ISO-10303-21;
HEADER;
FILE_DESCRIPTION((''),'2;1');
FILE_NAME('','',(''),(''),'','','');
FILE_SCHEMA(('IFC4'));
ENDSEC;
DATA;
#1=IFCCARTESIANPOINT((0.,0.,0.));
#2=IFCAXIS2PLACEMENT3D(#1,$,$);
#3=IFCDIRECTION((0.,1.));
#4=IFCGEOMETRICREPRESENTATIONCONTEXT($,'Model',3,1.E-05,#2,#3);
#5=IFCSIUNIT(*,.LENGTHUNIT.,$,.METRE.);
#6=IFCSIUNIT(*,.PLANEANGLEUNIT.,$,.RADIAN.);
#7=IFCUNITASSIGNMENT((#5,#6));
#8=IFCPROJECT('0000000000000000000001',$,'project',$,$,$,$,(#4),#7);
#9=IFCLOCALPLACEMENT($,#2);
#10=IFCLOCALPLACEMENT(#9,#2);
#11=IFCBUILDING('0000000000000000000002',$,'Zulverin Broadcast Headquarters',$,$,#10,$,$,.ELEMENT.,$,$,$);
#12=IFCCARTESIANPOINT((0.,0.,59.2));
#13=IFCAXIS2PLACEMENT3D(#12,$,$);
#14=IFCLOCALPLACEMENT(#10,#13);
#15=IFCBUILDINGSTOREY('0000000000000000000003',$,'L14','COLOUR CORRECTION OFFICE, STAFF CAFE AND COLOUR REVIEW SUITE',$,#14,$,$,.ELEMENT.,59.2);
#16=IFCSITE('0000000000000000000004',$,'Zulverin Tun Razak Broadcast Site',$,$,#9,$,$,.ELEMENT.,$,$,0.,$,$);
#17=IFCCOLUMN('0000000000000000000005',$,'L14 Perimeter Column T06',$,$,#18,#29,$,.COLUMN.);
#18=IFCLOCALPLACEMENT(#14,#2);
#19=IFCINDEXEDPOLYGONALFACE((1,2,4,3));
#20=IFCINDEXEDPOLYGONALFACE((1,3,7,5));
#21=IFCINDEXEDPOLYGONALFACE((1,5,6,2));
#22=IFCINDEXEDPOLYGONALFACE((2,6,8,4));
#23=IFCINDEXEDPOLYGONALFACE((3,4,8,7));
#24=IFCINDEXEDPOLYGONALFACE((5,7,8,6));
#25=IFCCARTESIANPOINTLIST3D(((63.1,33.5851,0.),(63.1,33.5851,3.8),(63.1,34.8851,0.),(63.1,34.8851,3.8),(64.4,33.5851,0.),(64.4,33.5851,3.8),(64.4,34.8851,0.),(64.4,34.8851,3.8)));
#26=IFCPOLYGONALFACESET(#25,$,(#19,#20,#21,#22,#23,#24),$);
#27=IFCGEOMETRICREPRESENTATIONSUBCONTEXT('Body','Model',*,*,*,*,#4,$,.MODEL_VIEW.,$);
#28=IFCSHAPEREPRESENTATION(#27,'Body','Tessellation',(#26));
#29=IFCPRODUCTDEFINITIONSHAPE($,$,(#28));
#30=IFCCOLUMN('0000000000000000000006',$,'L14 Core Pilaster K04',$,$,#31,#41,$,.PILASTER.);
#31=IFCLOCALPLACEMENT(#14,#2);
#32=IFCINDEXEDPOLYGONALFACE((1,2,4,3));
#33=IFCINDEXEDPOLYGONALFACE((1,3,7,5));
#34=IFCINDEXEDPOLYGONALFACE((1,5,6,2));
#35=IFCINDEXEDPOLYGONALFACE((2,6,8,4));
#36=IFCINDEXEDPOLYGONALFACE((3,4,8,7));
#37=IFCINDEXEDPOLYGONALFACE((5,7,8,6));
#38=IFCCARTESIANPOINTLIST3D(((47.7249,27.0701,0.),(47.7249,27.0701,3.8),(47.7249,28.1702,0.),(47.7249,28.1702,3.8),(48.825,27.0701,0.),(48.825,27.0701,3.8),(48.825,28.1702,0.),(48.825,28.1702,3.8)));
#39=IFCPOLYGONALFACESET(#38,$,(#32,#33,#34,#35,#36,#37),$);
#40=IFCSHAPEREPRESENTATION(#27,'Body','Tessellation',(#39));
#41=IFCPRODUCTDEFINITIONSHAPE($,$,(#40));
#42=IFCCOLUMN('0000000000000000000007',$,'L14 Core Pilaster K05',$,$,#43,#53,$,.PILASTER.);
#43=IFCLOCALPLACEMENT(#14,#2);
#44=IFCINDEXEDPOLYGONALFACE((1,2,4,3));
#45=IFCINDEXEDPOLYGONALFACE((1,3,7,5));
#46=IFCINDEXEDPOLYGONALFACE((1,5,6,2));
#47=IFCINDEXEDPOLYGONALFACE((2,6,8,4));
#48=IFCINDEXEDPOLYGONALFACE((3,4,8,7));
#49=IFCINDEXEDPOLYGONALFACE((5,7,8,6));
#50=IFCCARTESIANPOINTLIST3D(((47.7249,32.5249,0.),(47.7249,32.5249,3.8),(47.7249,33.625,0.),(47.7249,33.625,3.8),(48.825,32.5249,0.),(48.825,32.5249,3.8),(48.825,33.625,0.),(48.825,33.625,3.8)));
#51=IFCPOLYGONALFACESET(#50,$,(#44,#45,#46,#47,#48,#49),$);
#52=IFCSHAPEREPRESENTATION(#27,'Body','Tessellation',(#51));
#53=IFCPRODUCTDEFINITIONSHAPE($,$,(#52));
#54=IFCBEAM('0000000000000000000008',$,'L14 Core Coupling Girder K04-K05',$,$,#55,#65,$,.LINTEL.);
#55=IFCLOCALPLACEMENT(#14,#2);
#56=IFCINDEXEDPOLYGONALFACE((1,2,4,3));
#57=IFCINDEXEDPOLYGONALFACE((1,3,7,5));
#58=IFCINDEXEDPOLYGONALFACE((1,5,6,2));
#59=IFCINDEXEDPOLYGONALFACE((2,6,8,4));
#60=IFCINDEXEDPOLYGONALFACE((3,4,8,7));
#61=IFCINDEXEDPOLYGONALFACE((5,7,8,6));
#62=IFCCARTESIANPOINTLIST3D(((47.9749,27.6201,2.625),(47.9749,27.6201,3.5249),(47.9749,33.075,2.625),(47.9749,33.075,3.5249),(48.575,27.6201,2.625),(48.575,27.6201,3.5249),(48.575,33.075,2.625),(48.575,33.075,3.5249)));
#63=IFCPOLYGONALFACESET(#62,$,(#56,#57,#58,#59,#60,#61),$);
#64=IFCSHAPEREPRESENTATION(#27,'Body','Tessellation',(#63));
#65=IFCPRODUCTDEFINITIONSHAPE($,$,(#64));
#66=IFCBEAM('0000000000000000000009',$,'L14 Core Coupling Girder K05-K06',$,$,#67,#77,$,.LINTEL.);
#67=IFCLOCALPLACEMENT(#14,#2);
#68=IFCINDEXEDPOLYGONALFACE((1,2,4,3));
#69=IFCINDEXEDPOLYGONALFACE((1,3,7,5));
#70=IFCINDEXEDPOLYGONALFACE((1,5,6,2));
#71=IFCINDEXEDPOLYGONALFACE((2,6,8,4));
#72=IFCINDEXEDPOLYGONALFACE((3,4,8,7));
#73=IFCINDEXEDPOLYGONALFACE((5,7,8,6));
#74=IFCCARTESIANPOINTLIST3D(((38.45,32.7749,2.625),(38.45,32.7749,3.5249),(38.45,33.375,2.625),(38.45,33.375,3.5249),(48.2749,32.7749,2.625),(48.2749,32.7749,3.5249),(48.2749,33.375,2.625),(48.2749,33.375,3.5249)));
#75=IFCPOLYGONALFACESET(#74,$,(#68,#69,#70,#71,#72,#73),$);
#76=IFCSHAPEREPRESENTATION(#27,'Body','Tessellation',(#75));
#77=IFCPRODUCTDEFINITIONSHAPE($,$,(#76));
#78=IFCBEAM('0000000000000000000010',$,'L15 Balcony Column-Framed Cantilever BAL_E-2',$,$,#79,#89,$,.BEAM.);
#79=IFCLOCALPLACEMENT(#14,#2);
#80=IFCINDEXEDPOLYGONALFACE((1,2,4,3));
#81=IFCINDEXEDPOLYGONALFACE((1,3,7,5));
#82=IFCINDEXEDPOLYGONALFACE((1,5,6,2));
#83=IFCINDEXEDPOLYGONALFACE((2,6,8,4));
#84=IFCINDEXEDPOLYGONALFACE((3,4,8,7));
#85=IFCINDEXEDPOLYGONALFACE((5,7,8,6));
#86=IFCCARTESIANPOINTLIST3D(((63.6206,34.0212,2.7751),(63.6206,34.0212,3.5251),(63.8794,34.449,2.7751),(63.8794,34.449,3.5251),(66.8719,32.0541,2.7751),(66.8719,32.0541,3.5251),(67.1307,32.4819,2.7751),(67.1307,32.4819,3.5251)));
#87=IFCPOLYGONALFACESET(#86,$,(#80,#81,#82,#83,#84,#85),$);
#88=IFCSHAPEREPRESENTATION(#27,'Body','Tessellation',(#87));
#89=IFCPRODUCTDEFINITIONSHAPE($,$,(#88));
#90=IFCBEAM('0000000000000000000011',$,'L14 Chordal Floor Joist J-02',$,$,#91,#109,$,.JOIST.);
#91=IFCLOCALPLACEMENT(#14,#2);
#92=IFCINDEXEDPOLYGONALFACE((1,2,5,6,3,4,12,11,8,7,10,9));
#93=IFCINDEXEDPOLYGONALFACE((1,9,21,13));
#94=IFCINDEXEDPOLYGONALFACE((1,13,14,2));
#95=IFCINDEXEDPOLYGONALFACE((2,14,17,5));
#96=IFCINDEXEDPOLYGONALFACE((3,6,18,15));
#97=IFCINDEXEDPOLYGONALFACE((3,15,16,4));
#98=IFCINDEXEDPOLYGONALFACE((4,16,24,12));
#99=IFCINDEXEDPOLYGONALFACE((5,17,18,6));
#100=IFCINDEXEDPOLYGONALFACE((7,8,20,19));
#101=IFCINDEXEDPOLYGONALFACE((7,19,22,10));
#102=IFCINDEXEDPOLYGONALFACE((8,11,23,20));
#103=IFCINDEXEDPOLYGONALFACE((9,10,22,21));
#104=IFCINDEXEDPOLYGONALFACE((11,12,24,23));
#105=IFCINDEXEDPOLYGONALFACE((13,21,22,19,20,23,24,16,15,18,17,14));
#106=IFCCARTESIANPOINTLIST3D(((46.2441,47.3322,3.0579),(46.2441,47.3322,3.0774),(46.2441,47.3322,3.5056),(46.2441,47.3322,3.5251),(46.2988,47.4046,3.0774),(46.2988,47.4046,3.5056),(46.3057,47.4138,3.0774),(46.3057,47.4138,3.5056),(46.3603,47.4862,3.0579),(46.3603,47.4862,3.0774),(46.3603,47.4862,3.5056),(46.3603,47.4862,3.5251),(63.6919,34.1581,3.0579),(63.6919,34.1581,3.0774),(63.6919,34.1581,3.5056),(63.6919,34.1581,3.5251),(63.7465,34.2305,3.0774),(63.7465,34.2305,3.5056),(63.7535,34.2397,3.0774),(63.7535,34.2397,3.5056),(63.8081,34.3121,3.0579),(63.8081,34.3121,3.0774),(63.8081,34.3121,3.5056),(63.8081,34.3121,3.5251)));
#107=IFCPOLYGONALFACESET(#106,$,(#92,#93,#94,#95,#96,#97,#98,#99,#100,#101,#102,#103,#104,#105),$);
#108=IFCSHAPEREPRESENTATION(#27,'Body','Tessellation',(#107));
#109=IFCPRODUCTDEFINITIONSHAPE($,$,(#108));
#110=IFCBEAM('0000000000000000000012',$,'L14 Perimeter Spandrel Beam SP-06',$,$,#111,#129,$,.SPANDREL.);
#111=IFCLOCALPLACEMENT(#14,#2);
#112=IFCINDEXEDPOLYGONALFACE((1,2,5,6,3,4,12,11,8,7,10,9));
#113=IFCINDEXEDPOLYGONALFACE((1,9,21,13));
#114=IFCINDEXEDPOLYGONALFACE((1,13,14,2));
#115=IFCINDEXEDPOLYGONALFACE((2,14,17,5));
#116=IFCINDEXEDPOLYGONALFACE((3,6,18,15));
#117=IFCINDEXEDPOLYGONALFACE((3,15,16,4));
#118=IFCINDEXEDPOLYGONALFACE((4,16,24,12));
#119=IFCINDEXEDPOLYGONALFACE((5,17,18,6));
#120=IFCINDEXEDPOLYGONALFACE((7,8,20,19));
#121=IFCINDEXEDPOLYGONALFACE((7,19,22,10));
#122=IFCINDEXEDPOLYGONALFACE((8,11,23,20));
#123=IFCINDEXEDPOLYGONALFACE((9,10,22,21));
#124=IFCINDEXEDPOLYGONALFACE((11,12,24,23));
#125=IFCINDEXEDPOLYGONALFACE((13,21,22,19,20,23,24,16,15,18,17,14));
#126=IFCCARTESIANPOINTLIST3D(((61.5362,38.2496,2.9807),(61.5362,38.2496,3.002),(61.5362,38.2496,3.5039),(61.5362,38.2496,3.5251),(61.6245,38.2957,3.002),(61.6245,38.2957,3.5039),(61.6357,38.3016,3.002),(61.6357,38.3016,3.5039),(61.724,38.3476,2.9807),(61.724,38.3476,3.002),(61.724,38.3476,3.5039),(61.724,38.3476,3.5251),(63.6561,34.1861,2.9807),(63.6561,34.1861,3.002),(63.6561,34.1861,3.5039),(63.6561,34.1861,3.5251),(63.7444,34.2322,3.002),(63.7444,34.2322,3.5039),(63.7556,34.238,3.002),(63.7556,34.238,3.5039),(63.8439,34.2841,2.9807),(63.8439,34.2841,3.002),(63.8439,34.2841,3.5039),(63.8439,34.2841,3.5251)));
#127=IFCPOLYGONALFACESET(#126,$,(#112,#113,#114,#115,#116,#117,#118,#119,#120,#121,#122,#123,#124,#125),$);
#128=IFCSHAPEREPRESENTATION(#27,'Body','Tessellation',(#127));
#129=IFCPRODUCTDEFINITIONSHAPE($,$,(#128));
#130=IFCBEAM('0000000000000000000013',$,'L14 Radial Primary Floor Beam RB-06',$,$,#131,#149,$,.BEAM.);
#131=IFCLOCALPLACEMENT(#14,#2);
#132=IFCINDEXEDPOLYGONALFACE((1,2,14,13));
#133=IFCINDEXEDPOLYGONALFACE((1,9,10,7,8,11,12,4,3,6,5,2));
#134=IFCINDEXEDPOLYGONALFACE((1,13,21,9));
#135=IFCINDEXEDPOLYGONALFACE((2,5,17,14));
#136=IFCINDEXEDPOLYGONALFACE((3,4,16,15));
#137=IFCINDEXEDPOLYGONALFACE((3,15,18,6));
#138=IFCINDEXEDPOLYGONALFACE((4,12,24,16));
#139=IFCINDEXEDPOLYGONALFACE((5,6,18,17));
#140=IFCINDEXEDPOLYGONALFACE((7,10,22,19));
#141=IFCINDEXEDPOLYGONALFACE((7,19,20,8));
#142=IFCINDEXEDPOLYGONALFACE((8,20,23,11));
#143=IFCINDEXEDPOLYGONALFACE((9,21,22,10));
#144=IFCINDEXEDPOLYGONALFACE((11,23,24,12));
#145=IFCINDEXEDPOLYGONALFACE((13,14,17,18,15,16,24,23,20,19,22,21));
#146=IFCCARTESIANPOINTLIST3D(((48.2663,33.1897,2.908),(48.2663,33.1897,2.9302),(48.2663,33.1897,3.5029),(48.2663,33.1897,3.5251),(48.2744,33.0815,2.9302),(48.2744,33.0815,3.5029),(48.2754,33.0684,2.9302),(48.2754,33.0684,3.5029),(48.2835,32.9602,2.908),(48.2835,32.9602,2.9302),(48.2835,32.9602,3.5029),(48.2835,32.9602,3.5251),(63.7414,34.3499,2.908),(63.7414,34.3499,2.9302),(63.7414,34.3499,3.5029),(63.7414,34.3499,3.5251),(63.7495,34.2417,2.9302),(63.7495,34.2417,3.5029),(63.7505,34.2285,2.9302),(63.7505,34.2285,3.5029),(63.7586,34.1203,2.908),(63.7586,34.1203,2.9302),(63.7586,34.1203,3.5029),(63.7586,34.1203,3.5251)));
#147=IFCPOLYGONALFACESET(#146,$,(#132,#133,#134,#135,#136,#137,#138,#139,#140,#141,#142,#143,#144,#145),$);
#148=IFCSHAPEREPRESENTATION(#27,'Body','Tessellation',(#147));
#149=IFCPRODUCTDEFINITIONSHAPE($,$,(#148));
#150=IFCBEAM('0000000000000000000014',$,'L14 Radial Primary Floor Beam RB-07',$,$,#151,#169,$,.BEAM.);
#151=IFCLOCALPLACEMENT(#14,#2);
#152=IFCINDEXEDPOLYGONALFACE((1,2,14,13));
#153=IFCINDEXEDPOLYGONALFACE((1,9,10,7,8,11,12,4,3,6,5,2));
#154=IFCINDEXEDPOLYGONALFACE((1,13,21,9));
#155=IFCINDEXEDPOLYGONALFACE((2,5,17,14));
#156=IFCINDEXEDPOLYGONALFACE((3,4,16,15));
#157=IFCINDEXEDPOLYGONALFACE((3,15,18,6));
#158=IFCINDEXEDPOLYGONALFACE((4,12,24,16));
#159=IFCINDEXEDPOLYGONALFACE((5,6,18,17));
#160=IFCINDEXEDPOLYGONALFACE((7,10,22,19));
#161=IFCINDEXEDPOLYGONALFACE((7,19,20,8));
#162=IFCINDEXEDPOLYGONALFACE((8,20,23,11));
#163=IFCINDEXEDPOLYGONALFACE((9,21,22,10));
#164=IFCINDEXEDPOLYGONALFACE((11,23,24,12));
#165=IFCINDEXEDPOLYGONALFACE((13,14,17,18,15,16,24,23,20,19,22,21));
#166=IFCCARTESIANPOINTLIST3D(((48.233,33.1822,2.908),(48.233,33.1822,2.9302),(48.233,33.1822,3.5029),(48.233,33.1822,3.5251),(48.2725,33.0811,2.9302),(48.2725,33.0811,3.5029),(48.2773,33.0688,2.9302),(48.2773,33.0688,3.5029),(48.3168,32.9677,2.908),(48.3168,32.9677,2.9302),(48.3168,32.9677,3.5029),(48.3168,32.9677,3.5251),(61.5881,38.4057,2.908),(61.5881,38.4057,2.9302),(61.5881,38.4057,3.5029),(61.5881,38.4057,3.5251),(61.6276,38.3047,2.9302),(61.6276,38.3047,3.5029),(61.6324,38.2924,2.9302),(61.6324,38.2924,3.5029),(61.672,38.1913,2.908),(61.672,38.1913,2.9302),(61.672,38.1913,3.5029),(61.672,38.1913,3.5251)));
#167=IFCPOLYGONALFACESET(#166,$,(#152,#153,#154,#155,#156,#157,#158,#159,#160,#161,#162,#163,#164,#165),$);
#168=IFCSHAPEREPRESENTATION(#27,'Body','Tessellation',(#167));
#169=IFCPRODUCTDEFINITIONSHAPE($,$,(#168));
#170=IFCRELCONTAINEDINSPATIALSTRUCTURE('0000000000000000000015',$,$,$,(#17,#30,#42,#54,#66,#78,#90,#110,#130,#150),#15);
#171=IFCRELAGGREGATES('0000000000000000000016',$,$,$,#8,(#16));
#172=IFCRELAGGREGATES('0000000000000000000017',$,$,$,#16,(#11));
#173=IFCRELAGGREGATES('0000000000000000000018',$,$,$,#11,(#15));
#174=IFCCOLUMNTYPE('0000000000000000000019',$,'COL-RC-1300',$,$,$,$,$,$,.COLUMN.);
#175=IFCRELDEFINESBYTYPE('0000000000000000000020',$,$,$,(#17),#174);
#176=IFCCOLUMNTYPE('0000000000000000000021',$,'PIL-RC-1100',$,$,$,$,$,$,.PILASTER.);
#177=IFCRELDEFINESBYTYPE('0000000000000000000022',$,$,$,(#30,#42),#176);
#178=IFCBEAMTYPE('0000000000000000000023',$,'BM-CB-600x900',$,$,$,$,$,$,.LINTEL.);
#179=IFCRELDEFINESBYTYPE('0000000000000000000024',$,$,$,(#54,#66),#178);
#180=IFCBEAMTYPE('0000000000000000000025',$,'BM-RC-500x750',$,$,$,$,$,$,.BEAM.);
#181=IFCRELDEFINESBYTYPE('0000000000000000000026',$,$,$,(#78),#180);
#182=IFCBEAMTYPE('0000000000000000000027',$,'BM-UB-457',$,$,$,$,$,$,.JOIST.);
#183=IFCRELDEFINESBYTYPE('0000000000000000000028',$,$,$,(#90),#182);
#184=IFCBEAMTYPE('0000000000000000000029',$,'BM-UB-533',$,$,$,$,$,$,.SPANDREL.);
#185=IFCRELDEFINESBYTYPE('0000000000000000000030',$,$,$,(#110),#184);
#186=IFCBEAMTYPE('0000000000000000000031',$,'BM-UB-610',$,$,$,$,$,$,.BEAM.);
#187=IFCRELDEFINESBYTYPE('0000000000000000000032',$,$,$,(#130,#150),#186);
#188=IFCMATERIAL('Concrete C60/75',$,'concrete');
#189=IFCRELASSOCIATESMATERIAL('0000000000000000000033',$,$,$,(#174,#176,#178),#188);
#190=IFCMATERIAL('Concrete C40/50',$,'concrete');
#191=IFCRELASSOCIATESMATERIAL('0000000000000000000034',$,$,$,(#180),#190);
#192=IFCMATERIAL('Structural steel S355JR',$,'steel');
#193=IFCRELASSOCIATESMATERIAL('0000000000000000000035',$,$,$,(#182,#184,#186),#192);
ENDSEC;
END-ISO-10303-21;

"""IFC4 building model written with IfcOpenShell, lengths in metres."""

from ifc_helpers import new_model, si_unit, direction, frame, origin, origin_2d, place, context, subcontext, project, spatial, rectangle, i_section, extrude, material, material_profile, profile_set, type_object, element, save


model = new_model("IFC4")

# Units and contexts
model_context = context("Model", 3, precision=1e-05, world=origin(), true_north=direction((0.0, 1.0)))
body_context = subcontext(model_context, "Body", "Model", "MODEL_VIEW")
ifc_project = project(units=[si_unit("LENGTHUNIT", "METRE"), si_unit("PLANEANGLEUNIT", "RADIAN")], contexts=[model_context])

# Site, building, storey
site_placement = place(None, origin())
site = spatial("IfcSite", under=ifc_project, at=site_placement, Name="Zulverin Tun Razak Broadcast Site", CompositionType="ELEMENT", RefElevation=0.0)
building_placement = place(site_placement, origin())
building = spatial("IfcBuilding", under=site, at=building_placement, Name="Zulverin Broadcast Headquarters", CompositionType="ELEMENT")
storey_placement = place(building_placement, frame((0.0, 0.0, 59.2)))
storey = spatial("IfcBuildingStorey", under=building, at=storey_placement, Name="L14", Description="COLOUR CORRECTION OFFICE, STAFF CAFE AND COLOUR REVIEW SUITE", CompositionType="ELEMENT", Elevation=59.2)

# Columns
ifc_material_1 = material(Name="Concrete C60/75", Category="concrete")
ifc_material_profile_1 = material_profile(ifc_material_1, rectangle(XDim=1.3, YDim=1.3, at=origin_2d()), Name="Concrete C60/75", Category="concrete")
ifc_profile_set_1 = profile_set([ifc_material_profile_1], Name="Concrete C60/75")
column_type_1 = type_object("IfcColumnType", Name="COL-RC-1300", PredefinedType="COLUMN", material=ifc_profile_set_1)
column_placement = place(storey_placement, frame((63.75, 34.2351, 0.0), z_axis=(0.0, 0.0, 1.0), x_axis=(1.0, 0.0, 0.0)))
element("IfcColumn", 1, at=column_placement, inside=storey, type_object=column_type_1, Name="L14 Perimeter Column T06", PredefinedType="COLUMN", context=body_context, shape_type="SweptSolid", body=[
    extrude(rectangle(XDim=1.3, YDim=1.3, at=origin_2d()), origin(), (0.0, 0.0, 1.0), 3.8),
])
ifc_material_profile_2 = material_profile(ifc_material_1, rectangle(XDim=1.1001, YDim=1.1001, at=origin_2d()), Name="Concrete C60/75", Category="concrete")
ifc_profile_set_2 = profile_set([ifc_material_profile_2], Name="Concrete C60/75")
column_type_2 = type_object("IfcColumnType", Name="PIL-RC-1100", PredefinedType="PILASTER", material=ifc_profile_set_2)
for number, where, z_axis, x_axis, name in (
    (2, (48.2749, 27.6201, 0.0), (0.0, 0.0, 1.0), (1.0, 0.0, 0.0), "L14 Core Pilaster K04"),
    (3, (48.2749, 33.075, 0.0), (0.0, 0.0, 1.0), (1.0, 0.0, 0.0), "L14 Core Pilaster K05"),
):
    element("IfcColumn", number, at=place(storey_placement, frame(where, z_axis=z_axis, x_axis=x_axis)), inside=storey, type_object=column_type_2, Name=name, PredefinedType="PILASTER", context=body_context, shape_type="SweptSolid", body=[
        extrude(rectangle(XDim=1.1001, YDim=1.1001, at=origin_2d()), origin(), (0.0, 0.0, 1.0), 3.8),
    ])

# Beams
ifc_material_profile_3 = material_profile(ifc_material_1, rectangle(XDim=0.6001, YDim=0.8999, at=origin_2d()), Name="Concrete C60/75", Category="concrete")
ifc_profile_set_3 = profile_set([ifc_material_profile_3], Name="Concrete C60/75")
beam_type_1 = type_object("IfcBeamType", Name="BM-CB-600x900", PredefinedType="LINTEL", material=ifc_profile_set_3)
beam_1_placement = place(storey_placement, frame((48.2749, 27.6201, 3.075), z_axis=(0.0, 1.0, 0.0), x_axis=(-1.0, 0.0, 0.0)))
element("IfcBeam", 4, at=beam_1_placement, inside=storey, type_object=beam_type_1, Name="L14 Core Coupling Girder K04-K05", PredefinedType="LINTEL", context=body_context, shape_type="SweptSolid", body=[
    extrude(rectangle(XDim=0.6001, YDim=0.8999, at=origin_2d()), origin(), (0.0, 0.0, 1.0), 5.4548),
])
beam_2_placement = place(storey_placement, frame((48.2749, 33.075, 3.075), z_axis=(-1.0, 0.0, 0.0), x_axis=(0.0, -1.0, 0.0)))
element("IfcBeam", 5, at=beam_2_placement, inside=storey, type_object=beam_type_1, Name="L14 Core Coupling Girder K05-K06", PredefinedType="LINTEL", context=body_context, shape_type="SweptSolid", body=[
    extrude(rectangle(XDim=0.6001, YDim=0.8999, at=origin_2d()), origin(), (0.0, 0.0, 1.0), 9.825),
])
ifc_material_2 = material(Name="Concrete C40/50", Category="concrete")
ifc_material_profile_4 = material_profile(ifc_material_2, rectangle(XDim=0.5, YDim=0.75, at=origin_2d()), Name="Concrete C40/50", Category="concrete")
ifc_profile_set_4 = profile_set([ifc_material_profile_4], Name="Concrete C40/50")
beam_type_2 = type_object("IfcBeamType", Name="BM-RC-500x750", PredefinedType="BEAM", material=ifc_profile_set_4)
beam_3_placement = place(storey_placement, frame((63.75, 34.2351, 3.1501), z_axis=(0.855594, -0.517648, 0.0), x_axis=(0.517648, 0.855594, 0.0)))
element("IfcBeam", 6, at=beam_3_placement, inside=storey, type_object=beam_type_2, Name="L15 Balcony Column-Framed Cantilever BAL_E-2", PredefinedType="BEAM", context=body_context, shape_type="SweptSolid", body=[
    extrude(rectangle(XDim=0.5, YDim=0.75, at=origin_2d()), origin(), (0.0, 0.0, 1.0), 3.8),
])
ifc_material_3 = material(Name="Structural steel S355JR", Category="steel")
ifc_material_profile_5 = material_profile(ifc_material_3, i_section(OverallWidth=0.1929, OverallDepth=0.4673, WebThickness=0.0115, FlangeThickness=0.0195, at=origin_2d()), Name="Structural steel S355JR", Category="steel")
ifc_profile_set_5 = profile_set([ifc_material_profile_5], Name="Structural steel S355JR")
beam_type_3 = type_object("IfcBeamType", Name="BM-UB-457", PredefinedType="JOIST", material=ifc_profile_set_5)
beam_4_placement = place(storey_placement, frame((63.75, 34.2351, 3.2915), z_axis=(-0.798058, 0.60258, 0.0), x_axis=(-0.60258, -0.798058, 0.0)))
element("IfcBeam", 7, at=beam_4_placement, inside=storey, type_object=beam_type_3, Name="L14 Chordal Floor Joist J-02", PredefinedType="JOIST", context=body_context, shape_type="SweptSolid", body=[
    extrude(i_section(OverallWidth=0.1929, OverallDepth=0.4673, WebThickness=0.0115, FlangeThickness=0.0195, at=origin_2d()), origin(), (0.0, 0.0, 1.0), 21.8628),
])
ifc_material_profile_6 = material_profile(ifc_material_3, i_section(OverallWidth=0.2119, OverallDepth=0.5444, WebThickness=0.0127, FlangeThickness=0.0212, at=origin_2d()), Name="Structural steel S355JR", Category="steel")
ifc_profile_set_6 = profile_set([ifc_material_profile_6], Name="Structural steel S355JR")
beam_type_4 = type_object("IfcBeamType", Name="BM-UB-533", PredefinedType="SPANDREL", material=ifc_profile_set_6)
beam_5_placement = place(storey_placement, frame((63.75, 34.2351, 3.2529), z_axis=(-0.462531, 0.886603, 0.0), x_axis=(-0.886603, -0.462531, 0.0)))
element("IfcBeam", 8, at=beam_5_placement, inside=storey, type_object=beam_type_4, Name="L14 Perimeter Spandrel Beam SP-06", PredefinedType="SPANDREL", context=body_context, shape_type="SweptSolid", body=[
    extrude(i_section(OverallWidth=0.2119, OverallDepth=0.5444, WebThickness=0.0127, FlangeThickness=0.0212, at=origin_2d()), origin(), (0.0, 0.0, 1.0), 4.5833),
])
ifc_material_profile_7 = material_profile(ifc_material_3, i_section(OverallWidth=0.2302, OverallDepth=0.6172, WebThickness=0.0132, FlangeThickness=0.0222, at=origin_2d()), Name="Structural steel S355JR", Category="steel")
ifc_profile_set_7 = profile_set([ifc_material_profile_7], Name="Structural steel S355JR")
beam_type_5 = type_object("IfcBeamType", Name="BM-UB-610", PredefinedType="BEAM", material=ifc_profile_set_7)
beam_6_placement = place(storey_placement, frame((48.2749, 33.075, 3.2166), z_axis=(0.997202, 0.074759, 0.0), x_axis=(-0.074759, 0.997202, 0.0)))
element("IfcBeam", 9, at=beam_6_placement, inside=storey, type_object=beam_type_5, Name="L14 Radial Primary Floor Beam RB-06", PredefinedType="BEAM", context=body_context, shape_type="SweptSolid", body=[
    extrude(i_section(OverallWidth=0.2302, OverallDepth=0.6172, WebThickness=0.0132, FlangeThickness=0.0222, at=origin_2d()), origin(), (0.0, 0.0, 1.0), 15.5186),
])
beam_7_placement = place(storey_placement, frame((48.2749, 33.075, 3.2166), z_axis=(0.931298, 0.364259, 0.0), x_axis=(-0.364259, 0.931298, 0.0)))
element("IfcBeam", 10, at=beam_7_placement, inside=storey, type_object=beam_type_5, Name="L14 Radial Primary Floor Beam RB-07", PredefinedType="BEAM", context=body_context, shape_type="SweptSolid", body=[
    extrude(i_section(OverallWidth=0.2302, OverallDepth=0.6172, WebThickness=0.0132, FlangeThickness=0.0222, at=origin_2d()), origin(), (0.0, 0.0, 1.0), 14.3403),
])

save(model, "model.ifc")
